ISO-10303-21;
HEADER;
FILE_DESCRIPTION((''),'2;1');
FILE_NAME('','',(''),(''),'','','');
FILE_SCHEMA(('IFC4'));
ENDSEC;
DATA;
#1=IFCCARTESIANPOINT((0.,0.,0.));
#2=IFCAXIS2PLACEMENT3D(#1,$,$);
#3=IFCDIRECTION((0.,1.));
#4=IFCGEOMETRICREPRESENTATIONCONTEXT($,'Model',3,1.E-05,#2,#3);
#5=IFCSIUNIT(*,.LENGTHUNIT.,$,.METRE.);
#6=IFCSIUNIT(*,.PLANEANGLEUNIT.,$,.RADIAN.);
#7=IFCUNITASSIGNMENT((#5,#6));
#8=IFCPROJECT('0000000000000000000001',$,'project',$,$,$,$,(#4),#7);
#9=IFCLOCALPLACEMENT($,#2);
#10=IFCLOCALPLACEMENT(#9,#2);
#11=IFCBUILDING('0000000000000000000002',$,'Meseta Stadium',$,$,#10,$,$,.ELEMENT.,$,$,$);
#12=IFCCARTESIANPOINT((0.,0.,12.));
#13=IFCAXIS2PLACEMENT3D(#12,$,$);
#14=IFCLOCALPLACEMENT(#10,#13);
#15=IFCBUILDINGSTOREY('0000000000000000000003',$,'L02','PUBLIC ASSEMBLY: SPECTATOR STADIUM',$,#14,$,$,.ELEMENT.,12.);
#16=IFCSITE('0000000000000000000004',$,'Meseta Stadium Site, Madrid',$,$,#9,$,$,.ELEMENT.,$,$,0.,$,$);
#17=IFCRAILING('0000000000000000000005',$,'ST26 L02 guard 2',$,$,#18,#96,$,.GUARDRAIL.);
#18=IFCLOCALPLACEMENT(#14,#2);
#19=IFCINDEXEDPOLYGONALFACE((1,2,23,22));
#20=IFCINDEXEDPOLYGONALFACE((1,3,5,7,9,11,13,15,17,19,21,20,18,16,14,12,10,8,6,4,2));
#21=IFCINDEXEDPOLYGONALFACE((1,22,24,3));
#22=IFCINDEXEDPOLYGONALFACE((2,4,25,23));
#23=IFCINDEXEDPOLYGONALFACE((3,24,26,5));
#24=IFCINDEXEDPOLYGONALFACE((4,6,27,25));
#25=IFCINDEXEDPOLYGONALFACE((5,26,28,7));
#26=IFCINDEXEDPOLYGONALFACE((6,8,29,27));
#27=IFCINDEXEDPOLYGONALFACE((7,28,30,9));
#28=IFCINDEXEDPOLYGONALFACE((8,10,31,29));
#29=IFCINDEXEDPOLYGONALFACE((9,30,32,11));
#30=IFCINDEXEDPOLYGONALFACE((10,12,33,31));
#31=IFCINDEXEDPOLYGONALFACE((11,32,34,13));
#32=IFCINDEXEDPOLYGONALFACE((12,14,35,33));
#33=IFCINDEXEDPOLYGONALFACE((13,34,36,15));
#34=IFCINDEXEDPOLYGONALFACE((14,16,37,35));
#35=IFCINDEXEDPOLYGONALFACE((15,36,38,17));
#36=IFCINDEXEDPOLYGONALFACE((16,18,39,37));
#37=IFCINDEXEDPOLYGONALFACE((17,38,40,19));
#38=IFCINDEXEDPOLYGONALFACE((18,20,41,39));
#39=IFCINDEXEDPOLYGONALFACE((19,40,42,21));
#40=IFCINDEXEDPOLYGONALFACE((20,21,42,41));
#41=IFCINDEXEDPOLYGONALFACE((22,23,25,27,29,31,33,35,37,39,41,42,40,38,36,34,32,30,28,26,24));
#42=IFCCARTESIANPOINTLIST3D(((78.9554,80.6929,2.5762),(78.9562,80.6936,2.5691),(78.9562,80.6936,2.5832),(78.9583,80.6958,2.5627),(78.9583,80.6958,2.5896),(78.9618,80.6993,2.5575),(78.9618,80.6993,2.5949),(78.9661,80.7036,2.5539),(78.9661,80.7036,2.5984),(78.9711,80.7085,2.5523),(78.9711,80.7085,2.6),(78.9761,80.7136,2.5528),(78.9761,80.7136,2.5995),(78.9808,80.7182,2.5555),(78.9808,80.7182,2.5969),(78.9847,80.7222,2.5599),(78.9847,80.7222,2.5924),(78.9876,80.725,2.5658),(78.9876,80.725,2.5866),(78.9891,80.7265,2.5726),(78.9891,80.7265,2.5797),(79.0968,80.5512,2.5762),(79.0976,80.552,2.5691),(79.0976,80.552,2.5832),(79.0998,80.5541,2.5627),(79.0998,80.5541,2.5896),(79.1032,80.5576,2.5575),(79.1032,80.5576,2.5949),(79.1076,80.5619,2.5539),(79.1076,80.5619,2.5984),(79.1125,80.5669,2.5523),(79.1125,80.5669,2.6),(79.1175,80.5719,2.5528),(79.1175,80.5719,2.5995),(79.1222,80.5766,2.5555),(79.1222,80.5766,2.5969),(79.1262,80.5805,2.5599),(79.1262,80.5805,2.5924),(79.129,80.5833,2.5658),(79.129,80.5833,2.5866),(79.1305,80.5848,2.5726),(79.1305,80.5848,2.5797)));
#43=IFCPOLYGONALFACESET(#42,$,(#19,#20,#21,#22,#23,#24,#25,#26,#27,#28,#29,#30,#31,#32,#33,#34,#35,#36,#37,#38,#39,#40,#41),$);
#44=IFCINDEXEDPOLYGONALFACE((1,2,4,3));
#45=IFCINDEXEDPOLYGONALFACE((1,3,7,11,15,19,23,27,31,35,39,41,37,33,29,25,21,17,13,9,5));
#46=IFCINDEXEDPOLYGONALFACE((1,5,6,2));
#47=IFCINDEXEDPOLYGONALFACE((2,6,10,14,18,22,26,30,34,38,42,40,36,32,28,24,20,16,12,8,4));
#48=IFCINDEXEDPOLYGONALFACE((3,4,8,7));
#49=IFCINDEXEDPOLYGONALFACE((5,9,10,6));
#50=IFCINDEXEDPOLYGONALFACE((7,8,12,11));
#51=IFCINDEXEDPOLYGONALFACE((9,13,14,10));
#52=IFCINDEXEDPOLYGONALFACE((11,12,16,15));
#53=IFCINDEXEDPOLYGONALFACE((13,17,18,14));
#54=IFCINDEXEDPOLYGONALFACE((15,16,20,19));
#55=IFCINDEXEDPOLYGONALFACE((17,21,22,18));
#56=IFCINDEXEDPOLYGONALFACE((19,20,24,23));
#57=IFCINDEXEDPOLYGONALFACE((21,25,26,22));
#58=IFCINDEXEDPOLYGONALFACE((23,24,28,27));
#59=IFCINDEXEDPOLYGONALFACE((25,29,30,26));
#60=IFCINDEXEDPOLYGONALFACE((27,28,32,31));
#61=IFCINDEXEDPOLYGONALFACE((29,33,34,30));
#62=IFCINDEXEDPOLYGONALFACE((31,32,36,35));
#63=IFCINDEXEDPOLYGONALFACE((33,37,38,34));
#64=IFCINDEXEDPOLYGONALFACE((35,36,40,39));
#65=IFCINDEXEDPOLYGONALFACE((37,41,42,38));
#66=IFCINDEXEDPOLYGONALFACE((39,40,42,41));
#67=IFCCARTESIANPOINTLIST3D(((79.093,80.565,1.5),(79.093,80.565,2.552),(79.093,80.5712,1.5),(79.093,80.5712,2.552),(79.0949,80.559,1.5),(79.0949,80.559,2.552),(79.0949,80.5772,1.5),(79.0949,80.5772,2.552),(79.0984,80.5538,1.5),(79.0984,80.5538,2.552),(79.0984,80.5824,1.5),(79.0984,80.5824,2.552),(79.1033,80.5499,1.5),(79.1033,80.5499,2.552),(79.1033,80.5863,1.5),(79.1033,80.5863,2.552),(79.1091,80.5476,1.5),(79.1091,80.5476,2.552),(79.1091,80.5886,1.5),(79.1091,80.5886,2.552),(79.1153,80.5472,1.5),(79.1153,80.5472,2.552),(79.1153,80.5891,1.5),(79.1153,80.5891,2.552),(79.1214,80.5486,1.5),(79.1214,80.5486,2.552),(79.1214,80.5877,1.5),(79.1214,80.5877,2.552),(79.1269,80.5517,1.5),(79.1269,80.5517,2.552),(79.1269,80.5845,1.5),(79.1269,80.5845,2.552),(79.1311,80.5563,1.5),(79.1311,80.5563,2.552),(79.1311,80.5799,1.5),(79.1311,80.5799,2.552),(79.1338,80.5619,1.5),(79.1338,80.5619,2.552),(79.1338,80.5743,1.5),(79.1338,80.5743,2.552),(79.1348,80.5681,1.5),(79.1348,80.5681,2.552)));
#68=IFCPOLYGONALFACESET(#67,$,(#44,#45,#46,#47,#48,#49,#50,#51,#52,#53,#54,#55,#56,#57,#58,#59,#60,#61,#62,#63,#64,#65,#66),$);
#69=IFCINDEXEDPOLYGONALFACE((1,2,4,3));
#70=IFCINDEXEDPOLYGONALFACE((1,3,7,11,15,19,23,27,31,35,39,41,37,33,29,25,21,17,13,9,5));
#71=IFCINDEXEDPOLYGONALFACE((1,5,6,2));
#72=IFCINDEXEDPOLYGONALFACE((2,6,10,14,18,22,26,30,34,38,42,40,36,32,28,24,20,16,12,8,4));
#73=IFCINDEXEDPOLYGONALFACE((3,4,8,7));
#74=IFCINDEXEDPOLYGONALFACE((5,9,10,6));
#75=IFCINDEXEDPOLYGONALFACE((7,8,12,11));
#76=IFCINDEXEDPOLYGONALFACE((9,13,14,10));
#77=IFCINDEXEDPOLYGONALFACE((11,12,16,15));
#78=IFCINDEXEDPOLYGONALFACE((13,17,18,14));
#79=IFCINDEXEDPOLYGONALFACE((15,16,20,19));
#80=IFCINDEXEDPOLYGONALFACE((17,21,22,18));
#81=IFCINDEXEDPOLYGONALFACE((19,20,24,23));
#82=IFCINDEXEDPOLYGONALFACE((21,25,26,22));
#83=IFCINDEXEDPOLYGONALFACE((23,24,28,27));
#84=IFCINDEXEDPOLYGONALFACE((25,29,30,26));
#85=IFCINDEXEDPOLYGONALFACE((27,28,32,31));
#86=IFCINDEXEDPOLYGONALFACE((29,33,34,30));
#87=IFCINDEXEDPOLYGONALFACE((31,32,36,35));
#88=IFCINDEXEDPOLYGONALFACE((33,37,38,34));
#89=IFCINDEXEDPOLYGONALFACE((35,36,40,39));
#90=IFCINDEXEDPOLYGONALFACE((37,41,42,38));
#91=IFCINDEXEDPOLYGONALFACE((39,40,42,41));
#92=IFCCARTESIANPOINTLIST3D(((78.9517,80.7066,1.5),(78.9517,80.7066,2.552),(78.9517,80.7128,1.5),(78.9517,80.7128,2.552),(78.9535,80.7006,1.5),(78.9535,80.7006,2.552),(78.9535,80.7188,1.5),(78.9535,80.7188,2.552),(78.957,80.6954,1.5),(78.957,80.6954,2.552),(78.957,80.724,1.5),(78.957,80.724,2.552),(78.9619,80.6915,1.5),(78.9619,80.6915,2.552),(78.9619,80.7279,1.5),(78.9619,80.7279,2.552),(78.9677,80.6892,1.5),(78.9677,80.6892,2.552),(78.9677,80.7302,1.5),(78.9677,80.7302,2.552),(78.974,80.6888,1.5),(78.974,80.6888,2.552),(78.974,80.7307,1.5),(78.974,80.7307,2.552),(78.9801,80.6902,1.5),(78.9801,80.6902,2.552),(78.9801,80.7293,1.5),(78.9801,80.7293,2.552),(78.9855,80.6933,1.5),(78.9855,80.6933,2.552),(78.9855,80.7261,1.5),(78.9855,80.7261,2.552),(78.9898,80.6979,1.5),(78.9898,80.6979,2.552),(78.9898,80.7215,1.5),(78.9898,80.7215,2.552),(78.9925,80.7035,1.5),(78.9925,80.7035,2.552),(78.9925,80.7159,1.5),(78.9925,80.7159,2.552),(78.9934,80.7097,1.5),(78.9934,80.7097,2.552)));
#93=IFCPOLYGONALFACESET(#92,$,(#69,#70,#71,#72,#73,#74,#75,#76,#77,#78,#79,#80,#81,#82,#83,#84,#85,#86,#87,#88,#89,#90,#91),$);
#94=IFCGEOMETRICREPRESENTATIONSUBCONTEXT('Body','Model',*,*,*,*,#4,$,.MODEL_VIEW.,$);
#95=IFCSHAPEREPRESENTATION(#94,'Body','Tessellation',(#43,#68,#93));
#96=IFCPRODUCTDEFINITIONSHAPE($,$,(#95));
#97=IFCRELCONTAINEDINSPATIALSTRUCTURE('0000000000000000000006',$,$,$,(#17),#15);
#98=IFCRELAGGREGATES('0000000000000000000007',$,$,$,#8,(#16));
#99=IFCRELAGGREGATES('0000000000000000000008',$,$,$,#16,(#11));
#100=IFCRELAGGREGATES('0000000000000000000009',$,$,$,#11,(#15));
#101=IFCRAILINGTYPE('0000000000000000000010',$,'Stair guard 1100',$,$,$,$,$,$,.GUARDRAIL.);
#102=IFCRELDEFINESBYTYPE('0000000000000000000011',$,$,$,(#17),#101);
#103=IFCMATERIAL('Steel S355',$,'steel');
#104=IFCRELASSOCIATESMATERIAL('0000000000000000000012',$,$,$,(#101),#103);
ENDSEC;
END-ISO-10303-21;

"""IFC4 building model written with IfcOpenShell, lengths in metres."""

from ifc_helpers import new_model, si_unit, direction, frame, origin, origin_2d, place, context, subcontext, project, spatial, circle, extrude, material, type_object, element, save


model = new_model("IFC4")

# Units and contexts
model_context = context("Model", 3, precision=1e-05, world=origin(), true_north=direction((0.0, 1.0)))
body_context = subcontext(model_context, "Body", "Model", "MODEL_VIEW")
ifc_project = project(units=[si_unit("LENGTHUNIT", "METRE"), si_unit("PLANEANGLEUNIT", "RADIAN")], contexts=[model_context])

# Site, building, storey
site_placement = place(None, origin())
site = spatial("IfcSite", under=ifc_project, at=site_placement, Name="Meseta Stadium Site, Madrid", CompositionType="ELEMENT", RefElevation=0.0)
building_placement = place(site_placement, origin())
building = spatial("IfcBuilding", under=site, at=building_placement, Name="Meseta Stadium", CompositionType="ELEMENT")
storey_placement = place(building_placement, frame((0.0, 0.0, 12.0)))
storey = spatial("IfcBuildingStorey", under=building, at=storey_placement, Name="L02", Description="PUBLIC ASSEMBLY: SPECTATOR STADIUM", CompositionType="ELEMENT", Elevation=12.0)

# Railing
ifc_material_1 = material(Name="Steel S355", Category="steel")
railing_type_1 = type_object("IfcRailingType", Name="Stair guard 1100", PredefinedType="GUARDRAIL", material=ifc_material_1)
railing_1_placement = place(storey_placement, frame((79.1138, 80.5681, 1.5)))
element("IfcRailing", 1, at=railing_1_placement, inside=storey, type_object=railing_type_1, Name="ST26 L02 guard 2", PredefinedType="GUARDRAIL", context=body_context, shape_type="SweptSolid", body=[
    extrude(circle(Radius=0.0239, at=origin_2d()), frame((0.0, 0.0, 1.0762), z_axis=(-0.706496, 0.707717, 0.0), x_axis=(-0.707717, -0.706496, 0.0)), (0.0, 0.0, 1.0), 0.2002),
    extrude(circle(Radius=0.021, at=origin_2d()), origin(), (0.0, 0.0, 1.0), 1.052),
    extrude(circle(Radius=0.021, at=origin_2d()), frame((-0.1414, 0.1416, 0.0)), (0.0, 0.0, 1.0), 1.052),
])

save(model, "model.ifc")
